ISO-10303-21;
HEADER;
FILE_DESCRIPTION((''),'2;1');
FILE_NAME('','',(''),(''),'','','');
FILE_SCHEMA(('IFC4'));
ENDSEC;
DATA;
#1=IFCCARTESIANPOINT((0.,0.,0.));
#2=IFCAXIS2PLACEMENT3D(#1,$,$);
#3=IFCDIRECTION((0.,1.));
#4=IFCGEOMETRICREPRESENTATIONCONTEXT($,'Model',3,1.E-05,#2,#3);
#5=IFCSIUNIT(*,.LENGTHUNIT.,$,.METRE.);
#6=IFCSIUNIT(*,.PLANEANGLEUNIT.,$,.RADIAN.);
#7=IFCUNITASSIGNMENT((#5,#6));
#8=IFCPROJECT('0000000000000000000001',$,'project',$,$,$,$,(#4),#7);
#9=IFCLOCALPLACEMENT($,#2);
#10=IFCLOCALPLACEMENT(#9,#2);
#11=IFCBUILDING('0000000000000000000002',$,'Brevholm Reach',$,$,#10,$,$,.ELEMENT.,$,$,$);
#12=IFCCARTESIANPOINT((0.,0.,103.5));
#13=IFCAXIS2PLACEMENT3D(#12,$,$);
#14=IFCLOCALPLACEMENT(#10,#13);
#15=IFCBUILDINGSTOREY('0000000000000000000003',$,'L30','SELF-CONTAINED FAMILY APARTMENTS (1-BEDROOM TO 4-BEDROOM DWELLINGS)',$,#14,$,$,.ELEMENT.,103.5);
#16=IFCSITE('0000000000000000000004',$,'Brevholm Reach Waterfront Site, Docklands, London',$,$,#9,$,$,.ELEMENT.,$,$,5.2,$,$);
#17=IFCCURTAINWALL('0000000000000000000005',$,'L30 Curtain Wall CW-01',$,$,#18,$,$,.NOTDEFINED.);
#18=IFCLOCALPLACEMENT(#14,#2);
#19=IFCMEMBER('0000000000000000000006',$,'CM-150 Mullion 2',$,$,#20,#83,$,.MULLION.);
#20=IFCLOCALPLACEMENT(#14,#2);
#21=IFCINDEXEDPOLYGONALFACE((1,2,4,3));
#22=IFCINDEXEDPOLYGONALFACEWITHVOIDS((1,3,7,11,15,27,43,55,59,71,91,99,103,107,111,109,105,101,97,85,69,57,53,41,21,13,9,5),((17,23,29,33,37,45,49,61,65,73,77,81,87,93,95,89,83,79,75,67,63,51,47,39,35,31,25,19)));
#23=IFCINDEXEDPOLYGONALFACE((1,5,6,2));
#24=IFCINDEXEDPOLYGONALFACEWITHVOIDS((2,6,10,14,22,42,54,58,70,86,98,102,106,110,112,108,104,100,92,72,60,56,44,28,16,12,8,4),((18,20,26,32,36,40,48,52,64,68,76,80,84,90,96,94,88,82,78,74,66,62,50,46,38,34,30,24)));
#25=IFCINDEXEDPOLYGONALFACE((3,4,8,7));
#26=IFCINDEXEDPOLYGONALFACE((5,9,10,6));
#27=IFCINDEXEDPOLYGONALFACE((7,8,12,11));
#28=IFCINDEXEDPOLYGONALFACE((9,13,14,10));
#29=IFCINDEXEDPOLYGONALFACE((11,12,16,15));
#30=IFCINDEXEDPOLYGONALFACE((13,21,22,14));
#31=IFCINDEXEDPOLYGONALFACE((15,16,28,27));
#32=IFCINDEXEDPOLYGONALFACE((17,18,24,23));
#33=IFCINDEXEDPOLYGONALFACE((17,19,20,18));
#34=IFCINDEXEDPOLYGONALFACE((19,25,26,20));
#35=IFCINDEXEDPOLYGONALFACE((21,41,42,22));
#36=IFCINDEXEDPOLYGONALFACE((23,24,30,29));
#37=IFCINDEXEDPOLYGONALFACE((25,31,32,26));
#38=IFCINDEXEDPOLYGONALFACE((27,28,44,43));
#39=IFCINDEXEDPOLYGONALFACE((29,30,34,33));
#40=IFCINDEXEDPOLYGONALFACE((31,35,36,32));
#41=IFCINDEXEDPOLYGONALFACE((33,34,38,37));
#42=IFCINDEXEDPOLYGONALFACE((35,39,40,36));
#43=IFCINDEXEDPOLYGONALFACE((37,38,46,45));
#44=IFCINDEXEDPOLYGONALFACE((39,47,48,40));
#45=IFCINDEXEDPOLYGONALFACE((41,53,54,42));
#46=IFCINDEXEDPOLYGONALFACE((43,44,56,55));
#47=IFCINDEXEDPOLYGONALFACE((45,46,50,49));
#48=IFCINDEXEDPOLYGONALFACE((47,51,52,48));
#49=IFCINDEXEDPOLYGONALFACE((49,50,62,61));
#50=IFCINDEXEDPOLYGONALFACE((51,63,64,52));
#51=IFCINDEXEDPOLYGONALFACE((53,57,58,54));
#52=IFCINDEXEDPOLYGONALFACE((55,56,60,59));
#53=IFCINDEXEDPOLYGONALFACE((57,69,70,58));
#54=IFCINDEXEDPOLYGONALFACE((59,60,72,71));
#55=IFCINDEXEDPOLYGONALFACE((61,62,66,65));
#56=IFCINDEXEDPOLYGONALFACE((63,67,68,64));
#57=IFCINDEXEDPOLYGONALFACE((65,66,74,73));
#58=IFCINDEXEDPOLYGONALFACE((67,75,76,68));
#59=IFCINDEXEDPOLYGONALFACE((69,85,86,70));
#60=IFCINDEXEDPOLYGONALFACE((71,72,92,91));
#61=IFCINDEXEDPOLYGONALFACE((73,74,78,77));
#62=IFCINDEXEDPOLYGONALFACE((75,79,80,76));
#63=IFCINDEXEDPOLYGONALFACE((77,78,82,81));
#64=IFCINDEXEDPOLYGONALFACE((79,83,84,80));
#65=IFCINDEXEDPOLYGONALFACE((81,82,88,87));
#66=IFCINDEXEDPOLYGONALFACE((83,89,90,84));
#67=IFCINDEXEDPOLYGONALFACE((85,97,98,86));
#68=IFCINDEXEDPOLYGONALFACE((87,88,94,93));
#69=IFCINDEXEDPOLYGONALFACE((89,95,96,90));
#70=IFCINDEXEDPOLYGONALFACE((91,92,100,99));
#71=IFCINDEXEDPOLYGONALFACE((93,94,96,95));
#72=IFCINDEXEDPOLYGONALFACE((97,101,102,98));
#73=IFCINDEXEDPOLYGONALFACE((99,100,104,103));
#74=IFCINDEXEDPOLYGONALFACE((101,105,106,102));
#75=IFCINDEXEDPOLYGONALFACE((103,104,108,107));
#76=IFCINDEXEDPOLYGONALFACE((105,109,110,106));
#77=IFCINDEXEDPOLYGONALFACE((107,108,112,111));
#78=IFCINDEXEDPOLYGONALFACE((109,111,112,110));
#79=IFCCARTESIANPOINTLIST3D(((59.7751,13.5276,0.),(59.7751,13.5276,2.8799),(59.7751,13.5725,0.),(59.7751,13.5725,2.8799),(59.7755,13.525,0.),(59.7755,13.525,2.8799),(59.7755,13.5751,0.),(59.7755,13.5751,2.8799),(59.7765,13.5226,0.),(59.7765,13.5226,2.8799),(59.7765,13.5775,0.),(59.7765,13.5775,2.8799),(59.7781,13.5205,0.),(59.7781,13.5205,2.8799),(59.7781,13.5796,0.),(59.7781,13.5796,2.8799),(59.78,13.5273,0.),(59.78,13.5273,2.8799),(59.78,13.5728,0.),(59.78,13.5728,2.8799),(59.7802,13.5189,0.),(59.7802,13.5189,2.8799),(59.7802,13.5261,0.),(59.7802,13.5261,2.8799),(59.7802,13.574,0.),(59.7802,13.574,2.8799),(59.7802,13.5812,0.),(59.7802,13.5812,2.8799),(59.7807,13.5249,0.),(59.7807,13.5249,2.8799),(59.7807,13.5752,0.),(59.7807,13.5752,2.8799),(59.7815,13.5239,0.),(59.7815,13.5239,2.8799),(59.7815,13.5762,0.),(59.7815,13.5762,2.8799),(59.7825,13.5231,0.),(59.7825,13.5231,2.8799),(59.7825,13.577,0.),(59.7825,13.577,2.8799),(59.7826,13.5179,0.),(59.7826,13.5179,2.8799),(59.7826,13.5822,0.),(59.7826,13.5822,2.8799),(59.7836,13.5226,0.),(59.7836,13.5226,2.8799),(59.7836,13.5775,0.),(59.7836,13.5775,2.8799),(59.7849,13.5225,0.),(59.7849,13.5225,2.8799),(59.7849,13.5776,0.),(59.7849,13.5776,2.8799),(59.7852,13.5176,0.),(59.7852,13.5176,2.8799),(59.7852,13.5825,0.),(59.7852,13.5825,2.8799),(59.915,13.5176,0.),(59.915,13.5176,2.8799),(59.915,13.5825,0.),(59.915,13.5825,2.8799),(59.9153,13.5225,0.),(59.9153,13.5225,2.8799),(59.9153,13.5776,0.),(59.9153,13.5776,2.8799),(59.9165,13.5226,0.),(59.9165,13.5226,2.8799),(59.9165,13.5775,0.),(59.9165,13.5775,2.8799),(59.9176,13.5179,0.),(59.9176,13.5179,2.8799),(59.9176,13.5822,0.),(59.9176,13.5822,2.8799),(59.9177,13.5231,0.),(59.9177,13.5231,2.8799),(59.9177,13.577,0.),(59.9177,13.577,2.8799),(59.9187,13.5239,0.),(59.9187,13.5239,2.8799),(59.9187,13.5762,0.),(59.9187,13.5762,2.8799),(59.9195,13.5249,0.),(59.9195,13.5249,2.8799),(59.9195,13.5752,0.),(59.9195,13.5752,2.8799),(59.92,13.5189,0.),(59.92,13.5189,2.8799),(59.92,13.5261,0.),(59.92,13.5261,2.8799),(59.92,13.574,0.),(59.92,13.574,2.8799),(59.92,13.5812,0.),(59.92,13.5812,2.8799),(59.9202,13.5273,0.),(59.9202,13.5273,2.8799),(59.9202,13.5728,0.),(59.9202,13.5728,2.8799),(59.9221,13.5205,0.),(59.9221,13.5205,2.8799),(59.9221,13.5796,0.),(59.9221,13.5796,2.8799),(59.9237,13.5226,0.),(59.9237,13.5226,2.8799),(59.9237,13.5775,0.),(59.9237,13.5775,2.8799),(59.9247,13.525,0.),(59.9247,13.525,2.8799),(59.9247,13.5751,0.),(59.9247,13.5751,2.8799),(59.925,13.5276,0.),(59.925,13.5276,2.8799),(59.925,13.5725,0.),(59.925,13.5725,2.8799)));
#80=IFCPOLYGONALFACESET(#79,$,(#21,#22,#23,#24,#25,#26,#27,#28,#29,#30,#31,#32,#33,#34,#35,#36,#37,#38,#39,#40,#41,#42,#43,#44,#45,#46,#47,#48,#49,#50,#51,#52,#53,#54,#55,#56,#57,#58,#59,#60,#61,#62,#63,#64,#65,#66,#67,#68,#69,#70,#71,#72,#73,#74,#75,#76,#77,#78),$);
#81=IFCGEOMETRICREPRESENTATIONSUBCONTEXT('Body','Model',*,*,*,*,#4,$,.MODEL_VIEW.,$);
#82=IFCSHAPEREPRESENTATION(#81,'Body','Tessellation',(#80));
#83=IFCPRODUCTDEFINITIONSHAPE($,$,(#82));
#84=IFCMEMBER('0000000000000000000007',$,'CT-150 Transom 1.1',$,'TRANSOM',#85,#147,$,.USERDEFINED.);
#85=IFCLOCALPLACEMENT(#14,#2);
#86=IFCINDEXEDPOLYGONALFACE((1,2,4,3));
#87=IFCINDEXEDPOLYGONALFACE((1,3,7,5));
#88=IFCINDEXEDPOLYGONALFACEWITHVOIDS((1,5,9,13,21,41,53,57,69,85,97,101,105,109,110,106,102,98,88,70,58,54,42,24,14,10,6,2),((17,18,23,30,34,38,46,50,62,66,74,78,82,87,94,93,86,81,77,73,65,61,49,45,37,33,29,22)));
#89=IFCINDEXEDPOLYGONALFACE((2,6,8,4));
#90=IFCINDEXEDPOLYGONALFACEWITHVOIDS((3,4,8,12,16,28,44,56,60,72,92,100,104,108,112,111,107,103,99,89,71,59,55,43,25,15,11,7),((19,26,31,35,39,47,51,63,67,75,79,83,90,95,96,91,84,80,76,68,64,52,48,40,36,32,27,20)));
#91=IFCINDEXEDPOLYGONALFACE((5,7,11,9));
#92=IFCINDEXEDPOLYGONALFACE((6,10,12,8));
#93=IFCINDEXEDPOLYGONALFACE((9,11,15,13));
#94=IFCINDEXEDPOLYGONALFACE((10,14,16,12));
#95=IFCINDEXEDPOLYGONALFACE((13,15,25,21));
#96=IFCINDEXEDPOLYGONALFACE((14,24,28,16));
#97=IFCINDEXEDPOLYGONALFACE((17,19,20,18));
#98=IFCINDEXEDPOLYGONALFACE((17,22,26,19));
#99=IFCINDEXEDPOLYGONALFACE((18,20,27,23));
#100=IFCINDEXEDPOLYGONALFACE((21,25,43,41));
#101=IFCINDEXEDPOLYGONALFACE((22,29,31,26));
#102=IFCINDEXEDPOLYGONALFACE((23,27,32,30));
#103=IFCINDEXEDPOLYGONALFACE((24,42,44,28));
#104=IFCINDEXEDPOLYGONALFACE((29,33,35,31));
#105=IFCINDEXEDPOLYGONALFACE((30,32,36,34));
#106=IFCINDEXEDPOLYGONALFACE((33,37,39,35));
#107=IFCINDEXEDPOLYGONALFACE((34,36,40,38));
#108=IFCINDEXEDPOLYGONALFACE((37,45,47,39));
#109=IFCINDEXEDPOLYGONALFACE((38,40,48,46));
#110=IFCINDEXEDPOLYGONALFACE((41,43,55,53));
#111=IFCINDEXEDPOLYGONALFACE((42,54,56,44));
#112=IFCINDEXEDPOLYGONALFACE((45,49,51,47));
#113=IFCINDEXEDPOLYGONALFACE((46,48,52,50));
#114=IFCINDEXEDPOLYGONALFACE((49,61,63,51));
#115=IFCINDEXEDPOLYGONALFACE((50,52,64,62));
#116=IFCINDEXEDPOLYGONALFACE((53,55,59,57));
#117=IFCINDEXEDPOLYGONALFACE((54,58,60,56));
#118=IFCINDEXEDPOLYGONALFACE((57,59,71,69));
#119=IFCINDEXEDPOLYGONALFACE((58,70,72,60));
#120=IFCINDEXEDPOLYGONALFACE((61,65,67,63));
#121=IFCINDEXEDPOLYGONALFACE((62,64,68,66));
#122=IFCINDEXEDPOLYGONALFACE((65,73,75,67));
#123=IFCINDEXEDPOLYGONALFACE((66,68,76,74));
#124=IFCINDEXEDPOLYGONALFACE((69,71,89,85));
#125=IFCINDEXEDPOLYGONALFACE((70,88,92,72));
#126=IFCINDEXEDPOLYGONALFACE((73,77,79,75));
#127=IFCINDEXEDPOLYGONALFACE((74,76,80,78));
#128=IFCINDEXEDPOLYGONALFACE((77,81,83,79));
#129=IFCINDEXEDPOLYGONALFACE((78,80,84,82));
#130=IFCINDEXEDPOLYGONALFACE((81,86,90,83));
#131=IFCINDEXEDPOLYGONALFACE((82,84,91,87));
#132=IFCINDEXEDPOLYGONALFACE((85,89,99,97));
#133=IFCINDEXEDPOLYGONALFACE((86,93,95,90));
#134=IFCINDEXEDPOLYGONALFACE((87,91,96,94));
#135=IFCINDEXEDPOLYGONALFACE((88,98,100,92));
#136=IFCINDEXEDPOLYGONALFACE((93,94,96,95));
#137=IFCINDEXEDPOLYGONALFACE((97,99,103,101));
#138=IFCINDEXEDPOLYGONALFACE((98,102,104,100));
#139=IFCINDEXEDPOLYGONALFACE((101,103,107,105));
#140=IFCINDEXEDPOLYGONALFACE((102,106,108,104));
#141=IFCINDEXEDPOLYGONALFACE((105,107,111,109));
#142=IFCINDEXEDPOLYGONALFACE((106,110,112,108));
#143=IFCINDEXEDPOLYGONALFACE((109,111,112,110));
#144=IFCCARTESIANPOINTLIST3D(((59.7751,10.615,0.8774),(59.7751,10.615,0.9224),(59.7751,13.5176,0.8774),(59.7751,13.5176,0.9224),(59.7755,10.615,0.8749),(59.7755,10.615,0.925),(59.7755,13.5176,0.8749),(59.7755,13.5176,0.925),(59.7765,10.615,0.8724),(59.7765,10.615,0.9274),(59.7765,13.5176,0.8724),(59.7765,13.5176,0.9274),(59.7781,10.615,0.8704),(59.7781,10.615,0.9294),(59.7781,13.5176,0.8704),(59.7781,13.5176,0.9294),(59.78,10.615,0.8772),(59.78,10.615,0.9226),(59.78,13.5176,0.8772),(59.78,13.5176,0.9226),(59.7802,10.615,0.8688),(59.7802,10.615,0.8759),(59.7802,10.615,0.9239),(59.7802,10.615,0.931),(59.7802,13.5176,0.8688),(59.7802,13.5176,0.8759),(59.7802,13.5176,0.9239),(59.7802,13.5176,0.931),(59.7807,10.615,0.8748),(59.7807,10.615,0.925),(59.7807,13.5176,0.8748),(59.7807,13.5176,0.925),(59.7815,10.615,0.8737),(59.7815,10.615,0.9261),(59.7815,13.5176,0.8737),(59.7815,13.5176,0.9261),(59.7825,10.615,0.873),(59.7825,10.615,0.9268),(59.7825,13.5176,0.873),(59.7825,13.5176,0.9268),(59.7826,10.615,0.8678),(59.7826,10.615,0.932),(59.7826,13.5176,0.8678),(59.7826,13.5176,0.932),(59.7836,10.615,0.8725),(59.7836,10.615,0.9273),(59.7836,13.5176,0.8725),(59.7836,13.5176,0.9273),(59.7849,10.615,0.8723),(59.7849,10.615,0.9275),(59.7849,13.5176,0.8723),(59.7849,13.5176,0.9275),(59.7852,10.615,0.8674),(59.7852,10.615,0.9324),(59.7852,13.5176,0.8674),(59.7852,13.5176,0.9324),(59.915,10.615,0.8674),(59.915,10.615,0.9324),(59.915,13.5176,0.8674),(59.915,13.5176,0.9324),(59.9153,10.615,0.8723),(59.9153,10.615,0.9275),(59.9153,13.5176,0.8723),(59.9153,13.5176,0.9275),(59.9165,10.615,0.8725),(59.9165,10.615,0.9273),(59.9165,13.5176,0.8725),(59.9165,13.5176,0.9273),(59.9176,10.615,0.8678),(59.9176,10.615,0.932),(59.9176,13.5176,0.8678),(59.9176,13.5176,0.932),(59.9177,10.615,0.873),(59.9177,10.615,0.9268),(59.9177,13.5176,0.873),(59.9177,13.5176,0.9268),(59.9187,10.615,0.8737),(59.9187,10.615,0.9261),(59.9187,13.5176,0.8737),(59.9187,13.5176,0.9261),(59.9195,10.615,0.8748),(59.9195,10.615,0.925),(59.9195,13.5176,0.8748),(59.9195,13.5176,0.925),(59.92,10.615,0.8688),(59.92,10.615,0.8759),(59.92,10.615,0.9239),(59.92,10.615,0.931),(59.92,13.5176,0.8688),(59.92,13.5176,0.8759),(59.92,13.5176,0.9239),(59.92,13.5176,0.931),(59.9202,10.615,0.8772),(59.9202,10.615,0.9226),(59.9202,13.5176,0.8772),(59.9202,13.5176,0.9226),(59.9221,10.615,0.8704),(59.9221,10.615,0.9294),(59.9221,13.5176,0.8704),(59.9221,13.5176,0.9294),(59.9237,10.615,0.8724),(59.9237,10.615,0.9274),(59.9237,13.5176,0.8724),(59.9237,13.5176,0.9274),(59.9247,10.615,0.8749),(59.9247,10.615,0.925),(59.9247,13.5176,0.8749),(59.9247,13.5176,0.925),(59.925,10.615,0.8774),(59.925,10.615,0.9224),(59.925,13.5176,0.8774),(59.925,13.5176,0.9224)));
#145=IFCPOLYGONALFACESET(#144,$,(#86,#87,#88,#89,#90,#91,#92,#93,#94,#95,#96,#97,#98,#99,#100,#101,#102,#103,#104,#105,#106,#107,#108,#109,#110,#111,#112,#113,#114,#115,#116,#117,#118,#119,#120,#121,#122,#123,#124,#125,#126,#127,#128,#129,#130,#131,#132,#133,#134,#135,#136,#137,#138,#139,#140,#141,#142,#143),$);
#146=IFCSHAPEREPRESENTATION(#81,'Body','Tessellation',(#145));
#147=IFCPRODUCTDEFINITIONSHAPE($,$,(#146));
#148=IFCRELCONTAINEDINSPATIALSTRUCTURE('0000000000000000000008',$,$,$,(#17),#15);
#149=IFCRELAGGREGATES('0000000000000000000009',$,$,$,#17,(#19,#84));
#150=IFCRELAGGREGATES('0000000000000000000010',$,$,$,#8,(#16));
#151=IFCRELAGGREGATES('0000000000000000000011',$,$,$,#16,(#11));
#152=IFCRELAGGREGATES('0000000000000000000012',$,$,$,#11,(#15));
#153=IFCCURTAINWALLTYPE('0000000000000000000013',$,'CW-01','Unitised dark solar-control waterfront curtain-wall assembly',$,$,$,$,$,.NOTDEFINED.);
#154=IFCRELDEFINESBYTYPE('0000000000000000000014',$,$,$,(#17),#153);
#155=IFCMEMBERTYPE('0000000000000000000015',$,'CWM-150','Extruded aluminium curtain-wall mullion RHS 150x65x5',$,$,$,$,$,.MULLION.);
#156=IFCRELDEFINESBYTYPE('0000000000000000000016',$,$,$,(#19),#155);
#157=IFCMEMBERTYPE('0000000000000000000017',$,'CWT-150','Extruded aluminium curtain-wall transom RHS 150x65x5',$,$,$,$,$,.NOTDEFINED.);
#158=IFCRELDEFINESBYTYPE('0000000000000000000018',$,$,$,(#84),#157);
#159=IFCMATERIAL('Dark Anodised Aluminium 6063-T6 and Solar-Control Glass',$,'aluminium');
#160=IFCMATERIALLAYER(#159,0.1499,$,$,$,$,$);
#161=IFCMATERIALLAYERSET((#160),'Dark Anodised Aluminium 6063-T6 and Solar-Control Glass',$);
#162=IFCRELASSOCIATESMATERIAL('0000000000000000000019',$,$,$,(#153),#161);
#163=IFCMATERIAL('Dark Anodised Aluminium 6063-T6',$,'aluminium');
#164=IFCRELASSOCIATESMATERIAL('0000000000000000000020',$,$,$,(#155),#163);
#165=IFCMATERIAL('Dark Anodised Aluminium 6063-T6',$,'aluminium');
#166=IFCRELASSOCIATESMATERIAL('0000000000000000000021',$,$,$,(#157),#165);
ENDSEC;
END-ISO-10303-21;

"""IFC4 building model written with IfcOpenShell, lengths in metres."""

from ifc_helpers import new_model, si_unit, direction, frame, origin, origin_2d, place, context, subcontext, project, spatial, hollow_rectangle, extrude, material, layer, layer_set, material_profile, profile_set, type_object, element, aggregate, save


model = new_model("IFC4")

# Units and contexts
model_context = context("Model", 3, precision=1e-05, world=origin(), true_north=direction((0.0, 1.0)))
body_context = subcontext(model_context, "Body", "Model", "MODEL_VIEW")
ifc_project = project(units=[si_unit("LENGTHUNIT", "METRE"), si_unit("PLANEANGLEUNIT", "RADIAN")], contexts=[model_context])

# Site, building, storey
site_placement = place(None, origin())
site = spatial("IfcSite", under=ifc_project, at=site_placement, Name="Brevholm Reach Waterfront Site, Docklands, London", CompositionType="ELEMENT", RefElevation=5.2)
building_placement = place(site_placement, origin())
building = spatial("IfcBuilding", under=site, at=building_placement, Name="Brevholm Reach", CompositionType="ELEMENT")
storey_placement = place(building_placement, frame((0.0, 0.0, 103.5)))
storey = spatial("IfcBuildingStorey", under=building, at=storey_placement, Name="L30", Description="SELF-CONTAINED FAMILY APARTMENTS (1-BEDROOM TO 4-BEDROOM DWELLINGS)", CompositionType="ELEMENT", Elevation=103.5)

# Curtain wall, members
ifc_material_1 = material(Name="Dark Anodised Aluminium 6063-T6 and Solar-Control Glass", Category="aluminium")
ifc_layer_1 = layer(ifc_material_1, 0.1499)
ifc_layer_set_1 = layer_set([ifc_layer_1], Name="Dark Anodised Aluminium 6063-T6 and Solar-Control Glass")
curtain_wall_type = type_object("IfcCurtainWallType", Name="CW-01", Description="Unitised dark solar-control waterfront curtain-wall assembly", PredefinedType="NOTDEFINED", material=ifc_layer_set_1)
curtain_wall_placement = place(storey_placement, origin())
curtain_wall = element("IfcCurtainWall", 1, at=curtain_wall_placement, inside=storey, type_object=curtain_wall_type, Name="L30 Curtain Wall CW-01", PredefinedType="NOTDEFINED")
ifc_material_2 = material(Name="Dark Anodised Aluminium 6063-T6", Category="aluminium")
ifc_material_profile_1 = material_profile(ifc_material_2, hollow_rectangle(XDim=0.0649, YDim=0.1499, WallThickness=0.0049, InnerFilletRadius=0.0049, OuterFilletRadius=0.01, at=origin_2d()), Name="RHS 150x65x5")
ifc_profile_set_1 = profile_set([ifc_material_profile_1], Name="Dark Anodised Aluminium 6063-T6")
member_type_1 = type_object("IfcMemberType", Name="CWM-150", Description="Extruded aluminium curtain-wall mullion RHS 150x65x5", PredefinedType="MULLION", material=ifc_profile_set_1)
member_1_placement = place(storey_placement, frame((59.8501, 13.55, 0.0), z_axis=(0.0, 0.0, 1.0), x_axis=(0.0, 1.0, 0.0)))
member_1 = element("IfcMember", 2, at=member_1_placement, type_object=member_type_1, Name="CM-150 Mullion 2", PredefinedType="MULLION", context=body_context, shape_type="SweptSolid", body=[
    extrude(hollow_rectangle(XDim=0.0649, YDim=0.1499, WallThickness=0.0049, InnerFilletRadius=0.0049, OuterFilletRadius=0.01, at=origin_2d()), origin(), (0.0, 0.0, 1.0), 2.8799),
])
ifc_material_3 = material(Name="Dark Anodised Aluminium 6063-T6", Category="aluminium")
ifc_material_profile_2 = material_profile(ifc_material_3, hollow_rectangle(XDim=0.0649, YDim=0.1499, WallThickness=0.0049, InnerFilletRadius=0.0049, OuterFilletRadius=0.01, at=origin_2d()), Name="RHS 150x65x5")
ifc_profile_set_2 = profile_set([ifc_material_profile_2], Name="Dark Anodised Aluminium 6063-T6")
member_type_2 = type_object("IfcMemberType", Name="CWT-150", Description="Extruded aluminium curtain-wall transom RHS 150x65x5", PredefinedType="NOTDEFINED", material=ifc_profile_set_2)
member_2_placement = place(storey_placement, frame((59.8501, 10.615, 0.8999), z_axis=(0.0, 1.0, 0.0), x_axis=(0.0, 0.0, 1.0)))
member_2 = element("IfcMember", 3, at=member_2_placement, type_object=member_type_2, Name="CT-150 Transom 1.1", ObjectType="TRANSOM", PredefinedType="USERDEFINED", context=body_context, shape_type="SweptSolid", body=[
    extrude(hollow_rectangle(XDim=0.0649, YDim=0.1499, WallThickness=0.0049, InnerFilletRadius=0.0049, OuterFilletRadius=0.01, at=origin_2d()), origin(), (0.0, 0.0, 1.0), 2.9026),
])
aggregate(curtain_wall, [member_1, member_2])

save(model, "model.ifc")
